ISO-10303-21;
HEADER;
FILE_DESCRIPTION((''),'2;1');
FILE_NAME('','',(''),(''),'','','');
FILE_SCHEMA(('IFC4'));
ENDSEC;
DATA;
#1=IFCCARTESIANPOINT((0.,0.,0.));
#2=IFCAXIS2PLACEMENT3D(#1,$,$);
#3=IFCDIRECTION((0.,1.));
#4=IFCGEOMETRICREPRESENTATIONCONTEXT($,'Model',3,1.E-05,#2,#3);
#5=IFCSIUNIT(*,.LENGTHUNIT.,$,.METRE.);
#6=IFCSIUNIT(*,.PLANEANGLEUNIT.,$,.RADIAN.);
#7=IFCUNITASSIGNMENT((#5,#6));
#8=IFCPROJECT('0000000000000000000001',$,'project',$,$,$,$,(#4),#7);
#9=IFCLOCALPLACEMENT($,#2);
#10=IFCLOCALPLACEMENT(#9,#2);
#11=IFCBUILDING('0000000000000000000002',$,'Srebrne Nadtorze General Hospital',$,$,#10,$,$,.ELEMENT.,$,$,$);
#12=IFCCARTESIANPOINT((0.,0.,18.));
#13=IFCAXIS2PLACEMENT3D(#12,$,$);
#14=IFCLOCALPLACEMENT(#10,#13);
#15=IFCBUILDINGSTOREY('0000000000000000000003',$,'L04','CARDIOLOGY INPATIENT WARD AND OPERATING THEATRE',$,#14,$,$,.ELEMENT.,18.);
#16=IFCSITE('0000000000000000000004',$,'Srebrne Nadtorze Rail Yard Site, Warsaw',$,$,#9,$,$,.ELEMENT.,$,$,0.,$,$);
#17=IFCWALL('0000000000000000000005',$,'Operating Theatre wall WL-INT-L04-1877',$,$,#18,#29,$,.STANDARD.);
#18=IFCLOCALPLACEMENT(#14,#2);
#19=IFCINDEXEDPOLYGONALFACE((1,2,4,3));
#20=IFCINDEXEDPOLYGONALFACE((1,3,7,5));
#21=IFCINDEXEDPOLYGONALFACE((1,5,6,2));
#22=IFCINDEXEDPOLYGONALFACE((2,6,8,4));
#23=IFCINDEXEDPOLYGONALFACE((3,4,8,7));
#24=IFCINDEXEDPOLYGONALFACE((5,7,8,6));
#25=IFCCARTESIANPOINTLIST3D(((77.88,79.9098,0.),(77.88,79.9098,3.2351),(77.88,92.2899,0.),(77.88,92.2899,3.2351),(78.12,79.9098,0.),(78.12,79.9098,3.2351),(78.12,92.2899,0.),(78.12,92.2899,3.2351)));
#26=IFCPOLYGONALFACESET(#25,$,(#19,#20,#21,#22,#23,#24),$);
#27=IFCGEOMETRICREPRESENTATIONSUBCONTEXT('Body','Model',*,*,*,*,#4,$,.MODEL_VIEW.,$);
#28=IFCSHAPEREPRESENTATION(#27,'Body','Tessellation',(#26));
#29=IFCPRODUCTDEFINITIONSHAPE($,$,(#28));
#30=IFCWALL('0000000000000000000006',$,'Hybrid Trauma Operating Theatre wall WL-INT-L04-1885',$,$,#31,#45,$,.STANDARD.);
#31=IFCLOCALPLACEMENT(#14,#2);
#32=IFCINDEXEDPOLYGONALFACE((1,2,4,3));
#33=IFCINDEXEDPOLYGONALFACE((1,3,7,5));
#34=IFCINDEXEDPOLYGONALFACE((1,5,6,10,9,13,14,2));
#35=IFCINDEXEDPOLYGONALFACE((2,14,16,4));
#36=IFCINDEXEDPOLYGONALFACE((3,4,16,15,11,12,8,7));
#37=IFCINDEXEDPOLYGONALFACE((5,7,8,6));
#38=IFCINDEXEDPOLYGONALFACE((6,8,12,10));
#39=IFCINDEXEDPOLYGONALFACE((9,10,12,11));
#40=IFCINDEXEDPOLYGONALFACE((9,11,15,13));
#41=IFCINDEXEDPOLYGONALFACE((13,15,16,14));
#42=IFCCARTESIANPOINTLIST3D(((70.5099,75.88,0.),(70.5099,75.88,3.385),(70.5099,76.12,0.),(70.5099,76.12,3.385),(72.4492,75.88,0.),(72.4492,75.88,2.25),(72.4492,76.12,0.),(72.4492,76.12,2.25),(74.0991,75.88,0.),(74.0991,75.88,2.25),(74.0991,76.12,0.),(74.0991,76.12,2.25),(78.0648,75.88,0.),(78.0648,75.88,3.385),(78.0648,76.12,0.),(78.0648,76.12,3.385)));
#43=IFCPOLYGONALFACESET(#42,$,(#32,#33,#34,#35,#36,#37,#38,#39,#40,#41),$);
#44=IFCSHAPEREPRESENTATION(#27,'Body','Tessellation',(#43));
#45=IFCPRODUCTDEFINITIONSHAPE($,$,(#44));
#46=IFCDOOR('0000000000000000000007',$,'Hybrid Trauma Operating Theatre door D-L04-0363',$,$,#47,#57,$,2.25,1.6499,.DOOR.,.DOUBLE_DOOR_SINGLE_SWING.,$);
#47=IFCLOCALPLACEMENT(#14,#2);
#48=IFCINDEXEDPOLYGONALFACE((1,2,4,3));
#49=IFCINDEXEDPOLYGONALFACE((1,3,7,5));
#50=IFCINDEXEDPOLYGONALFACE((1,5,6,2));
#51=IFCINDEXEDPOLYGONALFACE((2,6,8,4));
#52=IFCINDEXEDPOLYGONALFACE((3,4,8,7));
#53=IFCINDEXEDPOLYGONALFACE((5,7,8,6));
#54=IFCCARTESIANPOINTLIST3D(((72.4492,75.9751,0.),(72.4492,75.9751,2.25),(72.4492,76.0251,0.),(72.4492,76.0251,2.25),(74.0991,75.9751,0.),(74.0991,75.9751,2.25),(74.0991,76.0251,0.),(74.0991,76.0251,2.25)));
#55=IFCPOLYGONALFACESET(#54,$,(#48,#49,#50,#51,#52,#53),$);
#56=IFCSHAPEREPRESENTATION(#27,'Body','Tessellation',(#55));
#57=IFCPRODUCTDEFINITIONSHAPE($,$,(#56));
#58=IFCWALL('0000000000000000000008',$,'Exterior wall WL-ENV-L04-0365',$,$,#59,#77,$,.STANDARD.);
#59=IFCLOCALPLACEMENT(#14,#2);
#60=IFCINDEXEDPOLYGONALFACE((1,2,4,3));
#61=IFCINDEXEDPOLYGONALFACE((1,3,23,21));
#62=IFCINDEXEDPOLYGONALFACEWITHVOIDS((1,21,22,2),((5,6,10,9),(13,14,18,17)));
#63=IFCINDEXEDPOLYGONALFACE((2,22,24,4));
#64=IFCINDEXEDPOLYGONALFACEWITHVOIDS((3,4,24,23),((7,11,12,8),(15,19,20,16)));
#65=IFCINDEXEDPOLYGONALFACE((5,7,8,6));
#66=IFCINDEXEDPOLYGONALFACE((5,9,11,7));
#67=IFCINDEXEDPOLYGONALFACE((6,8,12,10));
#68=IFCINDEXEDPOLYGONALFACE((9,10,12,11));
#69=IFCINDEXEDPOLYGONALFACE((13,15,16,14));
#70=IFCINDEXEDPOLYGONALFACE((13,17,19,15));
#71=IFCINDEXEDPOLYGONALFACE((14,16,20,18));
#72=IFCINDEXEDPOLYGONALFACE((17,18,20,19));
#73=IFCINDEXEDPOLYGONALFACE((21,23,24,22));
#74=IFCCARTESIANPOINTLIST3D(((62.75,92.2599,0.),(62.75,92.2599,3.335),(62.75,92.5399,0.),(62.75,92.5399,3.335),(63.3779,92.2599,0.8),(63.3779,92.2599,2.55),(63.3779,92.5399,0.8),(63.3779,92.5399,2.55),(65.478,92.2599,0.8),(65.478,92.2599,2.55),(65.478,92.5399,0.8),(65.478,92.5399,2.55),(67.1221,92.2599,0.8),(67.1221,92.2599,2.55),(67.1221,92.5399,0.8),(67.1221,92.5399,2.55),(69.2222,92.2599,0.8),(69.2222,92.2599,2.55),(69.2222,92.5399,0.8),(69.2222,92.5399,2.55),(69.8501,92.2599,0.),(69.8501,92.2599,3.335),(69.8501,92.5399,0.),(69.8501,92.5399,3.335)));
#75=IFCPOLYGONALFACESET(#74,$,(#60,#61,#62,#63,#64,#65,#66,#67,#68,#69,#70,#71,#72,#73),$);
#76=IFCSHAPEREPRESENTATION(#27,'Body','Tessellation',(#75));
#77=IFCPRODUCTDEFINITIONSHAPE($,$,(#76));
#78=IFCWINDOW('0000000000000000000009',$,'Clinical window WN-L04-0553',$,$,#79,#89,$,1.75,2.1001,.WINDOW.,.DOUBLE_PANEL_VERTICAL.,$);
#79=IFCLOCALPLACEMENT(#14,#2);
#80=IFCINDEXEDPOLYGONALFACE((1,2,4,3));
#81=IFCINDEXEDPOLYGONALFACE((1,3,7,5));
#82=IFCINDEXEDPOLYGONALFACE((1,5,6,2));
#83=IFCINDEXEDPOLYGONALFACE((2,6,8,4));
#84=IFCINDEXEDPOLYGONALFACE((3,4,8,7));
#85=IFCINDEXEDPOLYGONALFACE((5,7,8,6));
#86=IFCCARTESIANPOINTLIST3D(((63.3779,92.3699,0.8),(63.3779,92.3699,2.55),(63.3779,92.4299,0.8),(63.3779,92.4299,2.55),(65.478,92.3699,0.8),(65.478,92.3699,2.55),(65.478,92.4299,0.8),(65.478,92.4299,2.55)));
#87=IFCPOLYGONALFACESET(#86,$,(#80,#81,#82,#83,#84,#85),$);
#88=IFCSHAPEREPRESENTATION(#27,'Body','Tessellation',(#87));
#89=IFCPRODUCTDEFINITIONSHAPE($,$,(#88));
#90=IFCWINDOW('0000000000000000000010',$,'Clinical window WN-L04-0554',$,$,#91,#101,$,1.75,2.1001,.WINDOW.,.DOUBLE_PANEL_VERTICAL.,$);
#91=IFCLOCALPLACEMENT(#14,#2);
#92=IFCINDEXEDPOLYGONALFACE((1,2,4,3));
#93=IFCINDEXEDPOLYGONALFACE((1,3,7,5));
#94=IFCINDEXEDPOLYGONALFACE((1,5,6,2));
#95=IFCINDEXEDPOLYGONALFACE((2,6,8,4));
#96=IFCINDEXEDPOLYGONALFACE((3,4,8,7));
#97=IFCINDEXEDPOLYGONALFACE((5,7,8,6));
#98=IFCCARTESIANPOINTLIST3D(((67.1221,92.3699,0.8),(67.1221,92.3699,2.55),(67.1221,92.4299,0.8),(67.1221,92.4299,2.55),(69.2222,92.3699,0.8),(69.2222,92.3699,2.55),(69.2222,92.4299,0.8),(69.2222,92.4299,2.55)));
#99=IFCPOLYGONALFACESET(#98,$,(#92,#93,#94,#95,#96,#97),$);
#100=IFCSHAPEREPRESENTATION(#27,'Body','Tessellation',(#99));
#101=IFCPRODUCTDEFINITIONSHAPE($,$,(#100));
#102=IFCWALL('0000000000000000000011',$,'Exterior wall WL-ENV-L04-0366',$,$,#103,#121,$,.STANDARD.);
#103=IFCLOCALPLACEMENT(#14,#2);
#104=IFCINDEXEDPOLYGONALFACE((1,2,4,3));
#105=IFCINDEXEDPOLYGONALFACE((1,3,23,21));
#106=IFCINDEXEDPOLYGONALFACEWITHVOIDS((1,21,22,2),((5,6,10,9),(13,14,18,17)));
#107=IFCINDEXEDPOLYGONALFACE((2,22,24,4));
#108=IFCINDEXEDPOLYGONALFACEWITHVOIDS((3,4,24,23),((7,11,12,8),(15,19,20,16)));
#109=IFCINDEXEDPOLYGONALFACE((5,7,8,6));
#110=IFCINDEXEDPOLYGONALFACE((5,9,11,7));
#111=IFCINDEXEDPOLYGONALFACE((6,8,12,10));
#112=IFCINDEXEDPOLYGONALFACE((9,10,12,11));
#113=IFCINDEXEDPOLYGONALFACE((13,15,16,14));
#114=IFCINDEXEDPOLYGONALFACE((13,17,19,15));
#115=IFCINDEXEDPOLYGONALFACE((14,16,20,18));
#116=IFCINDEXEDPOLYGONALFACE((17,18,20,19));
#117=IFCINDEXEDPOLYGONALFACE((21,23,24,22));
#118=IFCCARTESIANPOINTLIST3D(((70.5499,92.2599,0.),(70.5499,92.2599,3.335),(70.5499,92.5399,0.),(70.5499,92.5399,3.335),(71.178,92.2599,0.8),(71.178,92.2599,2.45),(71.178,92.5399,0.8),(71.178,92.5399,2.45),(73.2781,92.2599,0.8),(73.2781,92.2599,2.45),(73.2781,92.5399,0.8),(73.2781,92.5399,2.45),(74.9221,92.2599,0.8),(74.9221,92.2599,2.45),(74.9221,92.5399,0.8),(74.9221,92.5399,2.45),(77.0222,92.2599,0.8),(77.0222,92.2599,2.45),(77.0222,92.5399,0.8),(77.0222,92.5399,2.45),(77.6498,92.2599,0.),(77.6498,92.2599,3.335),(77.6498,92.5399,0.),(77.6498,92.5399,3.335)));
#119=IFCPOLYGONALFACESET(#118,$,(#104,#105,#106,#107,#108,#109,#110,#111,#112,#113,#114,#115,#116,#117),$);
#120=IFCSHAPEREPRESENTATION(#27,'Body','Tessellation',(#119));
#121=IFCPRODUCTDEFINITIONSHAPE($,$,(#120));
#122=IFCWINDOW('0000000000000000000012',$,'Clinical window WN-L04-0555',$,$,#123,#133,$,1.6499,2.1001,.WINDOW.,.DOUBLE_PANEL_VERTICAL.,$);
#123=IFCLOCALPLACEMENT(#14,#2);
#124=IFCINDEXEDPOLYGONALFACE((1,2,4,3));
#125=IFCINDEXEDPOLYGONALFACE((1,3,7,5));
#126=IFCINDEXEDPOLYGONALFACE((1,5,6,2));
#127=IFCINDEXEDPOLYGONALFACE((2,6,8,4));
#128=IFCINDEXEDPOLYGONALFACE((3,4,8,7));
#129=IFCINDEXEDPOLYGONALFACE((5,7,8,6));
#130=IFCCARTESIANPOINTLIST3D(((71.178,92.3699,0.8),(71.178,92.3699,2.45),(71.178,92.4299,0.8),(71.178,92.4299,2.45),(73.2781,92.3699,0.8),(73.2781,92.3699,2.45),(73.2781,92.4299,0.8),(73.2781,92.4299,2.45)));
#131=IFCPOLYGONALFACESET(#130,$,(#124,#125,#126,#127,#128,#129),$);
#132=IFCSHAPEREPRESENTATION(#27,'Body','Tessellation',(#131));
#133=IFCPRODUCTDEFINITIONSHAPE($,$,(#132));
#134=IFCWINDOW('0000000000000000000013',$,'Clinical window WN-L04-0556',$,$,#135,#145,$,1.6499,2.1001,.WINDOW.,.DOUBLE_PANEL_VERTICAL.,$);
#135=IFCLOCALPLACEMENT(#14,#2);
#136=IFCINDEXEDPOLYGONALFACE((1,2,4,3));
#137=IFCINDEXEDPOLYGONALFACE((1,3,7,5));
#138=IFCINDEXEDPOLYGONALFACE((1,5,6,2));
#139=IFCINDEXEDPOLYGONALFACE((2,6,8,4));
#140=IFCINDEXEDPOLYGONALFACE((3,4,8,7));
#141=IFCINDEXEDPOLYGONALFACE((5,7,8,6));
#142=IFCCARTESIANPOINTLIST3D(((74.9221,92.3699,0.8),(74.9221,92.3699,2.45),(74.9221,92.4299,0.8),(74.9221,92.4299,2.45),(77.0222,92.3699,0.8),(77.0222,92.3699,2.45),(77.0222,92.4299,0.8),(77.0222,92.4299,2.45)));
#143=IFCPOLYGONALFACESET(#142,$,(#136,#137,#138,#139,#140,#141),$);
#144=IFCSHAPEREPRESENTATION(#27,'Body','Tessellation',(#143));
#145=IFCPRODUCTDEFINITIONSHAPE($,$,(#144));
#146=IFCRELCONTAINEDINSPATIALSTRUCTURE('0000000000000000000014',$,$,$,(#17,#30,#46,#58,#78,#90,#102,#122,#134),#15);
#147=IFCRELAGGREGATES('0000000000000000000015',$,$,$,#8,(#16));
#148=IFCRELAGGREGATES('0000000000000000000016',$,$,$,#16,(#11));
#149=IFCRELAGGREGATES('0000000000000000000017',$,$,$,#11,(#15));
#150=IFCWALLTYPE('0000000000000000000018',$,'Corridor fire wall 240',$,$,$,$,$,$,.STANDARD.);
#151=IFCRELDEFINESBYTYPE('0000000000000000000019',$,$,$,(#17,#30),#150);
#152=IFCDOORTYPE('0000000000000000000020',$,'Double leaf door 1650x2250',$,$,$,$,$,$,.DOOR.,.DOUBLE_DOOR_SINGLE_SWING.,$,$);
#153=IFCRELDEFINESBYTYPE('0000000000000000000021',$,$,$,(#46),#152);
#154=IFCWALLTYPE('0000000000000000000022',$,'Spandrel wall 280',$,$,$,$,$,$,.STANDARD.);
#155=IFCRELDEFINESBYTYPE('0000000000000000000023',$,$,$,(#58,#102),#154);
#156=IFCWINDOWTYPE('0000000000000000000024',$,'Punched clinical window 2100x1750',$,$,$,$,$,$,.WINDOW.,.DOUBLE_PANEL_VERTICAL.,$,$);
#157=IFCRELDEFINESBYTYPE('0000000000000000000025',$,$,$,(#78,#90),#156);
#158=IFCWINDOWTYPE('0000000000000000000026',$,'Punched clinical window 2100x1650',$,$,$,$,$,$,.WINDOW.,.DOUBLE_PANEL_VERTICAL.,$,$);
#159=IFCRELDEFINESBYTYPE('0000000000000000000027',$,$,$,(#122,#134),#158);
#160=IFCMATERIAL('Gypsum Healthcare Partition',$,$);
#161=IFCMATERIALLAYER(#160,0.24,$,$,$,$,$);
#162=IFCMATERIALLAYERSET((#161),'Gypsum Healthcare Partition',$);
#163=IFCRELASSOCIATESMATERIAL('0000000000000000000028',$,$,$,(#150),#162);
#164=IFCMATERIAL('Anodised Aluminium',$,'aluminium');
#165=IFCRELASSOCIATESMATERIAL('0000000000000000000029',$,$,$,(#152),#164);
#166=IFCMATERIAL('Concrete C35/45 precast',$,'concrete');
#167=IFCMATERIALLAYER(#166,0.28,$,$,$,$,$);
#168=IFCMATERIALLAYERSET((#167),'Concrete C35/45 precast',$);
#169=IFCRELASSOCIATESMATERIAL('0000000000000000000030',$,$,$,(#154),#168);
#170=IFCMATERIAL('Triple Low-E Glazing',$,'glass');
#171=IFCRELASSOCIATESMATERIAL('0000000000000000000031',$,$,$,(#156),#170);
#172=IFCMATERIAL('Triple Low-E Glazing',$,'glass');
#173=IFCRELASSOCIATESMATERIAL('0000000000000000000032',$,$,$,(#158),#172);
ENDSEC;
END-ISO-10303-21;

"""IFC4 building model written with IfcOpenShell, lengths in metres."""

from ifc_helpers import new_model, si_unit, direction, frame, frame_2d, origin, place, context, subcontext, project, spatial, rectangle, extrude, material, layer, layer_set, type_object, element, fill, save


model = new_model("IFC4")

# Units and contexts
model_context = context("Model", 3, precision=1e-05, world=origin(), true_north=direction((0.0, 1.0)))
body_context = subcontext(model_context, "Body", "Model", "MODEL_VIEW")
ifc_project = project(units=[si_unit("LENGTHUNIT", "METRE"), si_unit("PLANEANGLEUNIT", "RADIAN")], contexts=[model_context])

# Site, building, storey
site_placement = place(None, origin())
site = spatial("IfcSite", under=ifc_project, at=site_placement, Name="Srebrne Nadtorze Rail Yard Site, Warsaw", CompositionType="ELEMENT", RefElevation=0.0)
building_placement = place(site_placement, origin())
building = spatial("IfcBuilding", under=site, at=building_placement, Name="Srebrne Nadtorze General Hospital", CompositionType="ELEMENT")
storey_placement = place(building_placement, frame((0.0, 0.0, 18.0)))
storey = spatial("IfcBuildingStorey", under=building, at=storey_placement, Name="L04", Description="CARDIOLOGY INPATIENT WARD AND OPERATING THEATRE", CompositionType="ELEMENT", Elevation=18.0)

# Shared definitions
ifc_material_1 = material(Name="Gypsum Healthcare Partition")
ifc_layer_1 = layer(ifc_material_1, 0.24)
ifc_layer_set_1 = layer_set([ifc_layer_1], Name="Gypsum Healthcare Partition")
wall_type_1 = type_object("IfcWallType", Name="Corridor fire wall 240", PredefinedType="STANDARD", material=ifc_layer_set_1)

# Shared definitions
ifc_material_2 = material(Name="Anodised Aluminium", Category="aluminium")
door_type = type_object("IfcDoorType", Name="Double leaf door 1650x2250", OperationType="DOUBLE_DOOR_SINGLE_SWING", PredefinedType="DOOR", material=ifc_material_2)

# Wall
wall_1_placement = place(storey_placement, frame((78.0, 79.9099, 0.0), z_axis=(0.0, 0.0, 1.0), x_axis=(0.0, 1.0, 0.0)))
element("IfcWall", 1, at=wall_1_placement, inside=storey, type_object=wall_type_1, Name="Operating Theatre wall WL-INT-L04-1877", PredefinedType="STANDARD", context=body_context, shape_type="SweptSolid", body=[
    extrude(rectangle(XDim=12.3801, YDim=0.24, at=frame_2d((6.1899, 0.0))), origin(), (0.0, 0.0, 1.0), 3.2351),
])

# Wall, opening, door
wall_2_placement = place(storey_placement, frame((70.51, 76.0, 0.0), z_axis=(0.0, 0.0, 1.0), x_axis=(1.0, 0.0, 0.0)))
wall_2 = element("IfcWall", 2, at=wall_2_placement, inside=storey, type_object=wall_type_1, Name="Hybrid Trauma Operating Theatre wall WL-INT-L04-1885", PredefinedType="STANDARD", context=body_context, shape_type="SweptSolid", body=[
    extrude(rectangle(XDim=7.5549, YDim=0.24, at=frame_2d((3.7773, 0.0))), origin(), (0.0, 0.0, 1.0), 3.385),
])
opening_1_placement = place(wall_2_placement, frame((1.9392, 0.0, 0.0)))
opening_1 = element("IfcOpeningElement", 3, at=opening_1_placement, cuts=wall_2, PredefinedType="OPENING", context=body_context, shape_type="SweptSolid", body=[
    extrude(rectangle(XDim=1.6499, YDim=2.25, at=frame_2d((0.825, 1.125))), frame((0.0, 0.1318, 0.0), z_axis=(0.0, -1.0, 0.0), x_axis=(1.0, 0.0, 0.0)), (0.0, 0.0, 1.0), 0.2639),
])
door_1_placement = place(opening_1_placement, frame((1.6499, 0.0, 0.0), z_axis=(0.0, 0.0, 1.0), x_axis=(-1.0, 0.0, 0.0)))
door_1 = element("IfcDoor", 4, at=door_1_placement, inside=storey, type_object=door_type, Name="Hybrid Trauma Operating Theatre door D-L04-0363", OperationType="DOUBLE_DOOR_SINGLE_SWING", OverallHeight=2.25, OverallWidth=1.6499, PredefinedType="DOOR", context=body_context, shape_type="SweptSolid", body=[
    extrude(rectangle(XDim=1.6499, YDim=2.25, at=frame_2d((0.825, 1.125))), frame((0.0, 0.0249, 0.0), z_axis=(0.0, -1.0, 0.0), x_axis=(1.0, 0.0, 0.0)), (0.0, 0.0, 1.0), 0.05),
])
fill(opening_1, door_1)

# Walls, openings, windows
ifc_material_3 = material(Name="Concrete C35/45 precast", Category="concrete")
ifc_layer_2 = layer(ifc_material_3, 0.28)
ifc_layer_set_2 = layer_set([ifc_layer_2], Name="Concrete C35/45 precast")
wall_type_2 = type_object("IfcWallType", Name="Spandrel wall 280", PredefinedType="STANDARD", material=ifc_layer_set_2)
wall_3_placement = place(storey_placement, frame((62.75, 92.3999, 0.0), z_axis=(0.0, 0.0, 1.0), x_axis=(1.0, 0.0, 0.0)))
wall_3 = element("IfcWall", 5, at=wall_3_placement, inside=storey, type_object=wall_type_2, Name="Exterior wall WL-ENV-L04-0365", PredefinedType="STANDARD", context=body_context, shape_type="SweptSolid", body=[
    extrude(rectangle(XDim=7.1001, YDim=0.28, at=frame_2d((3.55, 0.0))), origin(), (0.0, 0.0, 1.0), 3.335),
])
opening_2_placement = place(wall_3_placement, frame((0.6279, 0.0, 0.8)))
opening_2 = element("IfcOpeningElement", 6, at=opening_2_placement, cuts=wall_3, PredefinedType="OPENING", context=body_context, shape_type="SweptSolid", body=[
    extrude(rectangle(XDim=2.1001, YDim=1.75, at=frame_2d((1.05, 0.875))), frame((0.0, 0.1519, 0.0), z_axis=(0.0, -1.0, 0.0), x_axis=(1.0, 0.0, 0.0)), (0.0, 0.0, 1.0), 0.304),
])
opening_3_placement = place(wall_3_placement, frame((4.3721, 0.0, 0.8)))
opening_3 = element("IfcOpeningElement", 7, at=opening_3_placement, cuts=wall_3, PredefinedType="OPENING", context=body_context, shape_type="SweptSolid", body=[
    extrude(rectangle(XDim=2.1001, YDim=1.75, at=frame_2d((1.05, 0.875))), frame((0.0, 0.1519, 0.0), z_axis=(0.0, -1.0, 0.0), x_axis=(1.0, 0.0, 0.0)), (0.0, 0.0, 1.0), 0.304),
])
ifc_material_4 = material(Name="Triple Low-E Glazing", Category="glass")
window_type_1 = type_object("IfcWindowType", Name="Punched clinical window 2100x1750", PartitioningType="DOUBLE_PANEL_VERTICAL", PredefinedType="WINDOW", material=ifc_material_4)
window_1_placement = place(opening_2_placement, origin())
window_1 = element("IfcWindow", 8, at=window_1_placement, inside=storey, type_object=window_type_1, Name="Clinical window WN-L04-0553", OverallHeight=1.75, OverallWidth=2.1001, PartitioningType="DOUBLE_PANEL_VERTICAL", PredefinedType="WINDOW", context=body_context, shape_type="SweptSolid", body=[
    extrude(rectangle(XDim=2.1001, YDim=1.75, at=frame_2d((1.05, 0.875))), frame((0.0, 0.03, 0.0), z_axis=(0.0, -1.0, 0.0), x_axis=(1.0, 0.0, 0.0)), (0.0, 0.0, 1.0), 0.0601),
])
fill(opening_2, window_1)
window_2_placement = place(opening_3_placement, origin())
window_2 = element("IfcWindow", 9, at=window_2_placement, inside=storey, type_object=window_type_1, Name="Clinical window WN-L04-0554", OverallHeight=1.75, OverallWidth=2.1001, PartitioningType="DOUBLE_PANEL_VERTICAL", PredefinedType="WINDOW", context=body_context, shape_type="SweptSolid", body=[
    extrude(rectangle(XDim=2.1001, YDim=1.75, at=frame_2d((1.05, 0.875))), frame((0.0, 0.03, 0.0), z_axis=(0.0, -1.0, 0.0), x_axis=(1.0, 0.0, 0.0)), (0.0, 0.0, 1.0), 0.0601),
])
fill(opening_3, window_2)
wall_4_placement = place(storey_placement, frame((70.55, 92.3999, 0.0), z_axis=(0.0, 0.0, 1.0), x_axis=(1.0, 0.0, 0.0)))
wall_4 = element("IfcWall", 10, at=wall_4_placement, inside=storey, type_object=wall_type_2, Name="Exterior wall WL-ENV-L04-0366", PredefinedType="STANDARD", context=body_context, shape_type="SweptSolid", body=[
    extrude(rectangle(XDim=7.0999, YDim=0.28, at=frame_2d((3.5498, 0.0))), origin(), (0.0, 0.0, 1.0), 3.335),
])
opening_4_placement = place(wall_4_placement, frame((0.6279, 0.0, 0.8)))
opening_4 = element("IfcOpeningElement", 11, at=opening_4_placement, cuts=wall_4, PredefinedType="OPENING", context=body_context, shape_type="SweptSolid", body=[
    extrude(rectangle(XDim=2.1001, YDim=1.6499, at=frame_2d((1.05, 0.825))), frame((0.0, 0.1519, 0.0), z_axis=(0.0, -1.0, 0.0), x_axis=(1.0, 0.0, 0.0)), (0.0, 0.0, 1.0), 0.304),
])
opening_5_placement = place(wall_4_placement, frame((4.3721, 0.0, 0.8)))
opening_5 = element("IfcOpeningElement", 12, at=opening_5_placement, cuts=wall_4, PredefinedType="OPENING", context=body_context, shape_type="SweptSolid", body=[
    extrude(rectangle(XDim=2.1001, YDim=1.6499, at=frame_2d((1.05, 0.825))), frame((0.0, 0.1519, 0.0), z_axis=(0.0, -1.0, 0.0), x_axis=(1.0, 0.0, 0.0)), (0.0, 0.0, 1.0), 0.304),
])
ifc_material_5 = material(Name="Triple Low-E Glazing", Category="glass")
window_type_2 = type_object("IfcWindowType", Name="Punched clinical window 2100x1650", PartitioningType="DOUBLE_PANEL_VERTICAL", PredefinedType="WINDOW", material=ifc_material_5)
window_3_placement = place(opening_4_placement, origin())
window_3 = element("IfcWindow", 13, at=window_3_placement, inside=storey, type_object=window_type_2, Name="Clinical window WN-L04-0555", OverallHeight=1.6499, OverallWidth=2.1001, PartitioningType="DOUBLE_PANEL_VERTICAL", PredefinedType="WINDOW", context=body_context, shape_type="SweptSolid", body=[
    extrude(rectangle(XDim=2.1001, YDim=1.6499, at=frame_2d((1.05, 0.825))), frame((0.0, 0.03, 0.0), z_axis=(0.0, -1.0, 0.0), x_axis=(1.0, 0.0, 0.0)), (0.0, 0.0, 1.0), 0.0601),
])
fill(opening_4, window_3)
window_4_placement = place(opening_5_placement, origin())
window_4 = element("IfcWindow", 14, at=window_4_placement, inside=storey, type_object=window_type_2, Name="Clinical window WN-L04-0556", OverallHeight=1.6499, OverallWidth=2.1001, PartitioningType="DOUBLE_PANEL_VERTICAL", PredefinedType="WINDOW", context=body_context, shape_type="SweptSolid", body=[
    extrude(rectangle(XDim=2.1001, YDim=1.6499, at=frame_2d((1.05, 0.825))), frame((0.0, 0.03, 0.0), z_axis=(0.0, -1.0, 0.0), x_axis=(1.0, 0.0, 0.0)), (0.0, 0.0, 1.0), 0.0601),
])
fill(opening_5, window_4)

save(model, "model.ifc")
